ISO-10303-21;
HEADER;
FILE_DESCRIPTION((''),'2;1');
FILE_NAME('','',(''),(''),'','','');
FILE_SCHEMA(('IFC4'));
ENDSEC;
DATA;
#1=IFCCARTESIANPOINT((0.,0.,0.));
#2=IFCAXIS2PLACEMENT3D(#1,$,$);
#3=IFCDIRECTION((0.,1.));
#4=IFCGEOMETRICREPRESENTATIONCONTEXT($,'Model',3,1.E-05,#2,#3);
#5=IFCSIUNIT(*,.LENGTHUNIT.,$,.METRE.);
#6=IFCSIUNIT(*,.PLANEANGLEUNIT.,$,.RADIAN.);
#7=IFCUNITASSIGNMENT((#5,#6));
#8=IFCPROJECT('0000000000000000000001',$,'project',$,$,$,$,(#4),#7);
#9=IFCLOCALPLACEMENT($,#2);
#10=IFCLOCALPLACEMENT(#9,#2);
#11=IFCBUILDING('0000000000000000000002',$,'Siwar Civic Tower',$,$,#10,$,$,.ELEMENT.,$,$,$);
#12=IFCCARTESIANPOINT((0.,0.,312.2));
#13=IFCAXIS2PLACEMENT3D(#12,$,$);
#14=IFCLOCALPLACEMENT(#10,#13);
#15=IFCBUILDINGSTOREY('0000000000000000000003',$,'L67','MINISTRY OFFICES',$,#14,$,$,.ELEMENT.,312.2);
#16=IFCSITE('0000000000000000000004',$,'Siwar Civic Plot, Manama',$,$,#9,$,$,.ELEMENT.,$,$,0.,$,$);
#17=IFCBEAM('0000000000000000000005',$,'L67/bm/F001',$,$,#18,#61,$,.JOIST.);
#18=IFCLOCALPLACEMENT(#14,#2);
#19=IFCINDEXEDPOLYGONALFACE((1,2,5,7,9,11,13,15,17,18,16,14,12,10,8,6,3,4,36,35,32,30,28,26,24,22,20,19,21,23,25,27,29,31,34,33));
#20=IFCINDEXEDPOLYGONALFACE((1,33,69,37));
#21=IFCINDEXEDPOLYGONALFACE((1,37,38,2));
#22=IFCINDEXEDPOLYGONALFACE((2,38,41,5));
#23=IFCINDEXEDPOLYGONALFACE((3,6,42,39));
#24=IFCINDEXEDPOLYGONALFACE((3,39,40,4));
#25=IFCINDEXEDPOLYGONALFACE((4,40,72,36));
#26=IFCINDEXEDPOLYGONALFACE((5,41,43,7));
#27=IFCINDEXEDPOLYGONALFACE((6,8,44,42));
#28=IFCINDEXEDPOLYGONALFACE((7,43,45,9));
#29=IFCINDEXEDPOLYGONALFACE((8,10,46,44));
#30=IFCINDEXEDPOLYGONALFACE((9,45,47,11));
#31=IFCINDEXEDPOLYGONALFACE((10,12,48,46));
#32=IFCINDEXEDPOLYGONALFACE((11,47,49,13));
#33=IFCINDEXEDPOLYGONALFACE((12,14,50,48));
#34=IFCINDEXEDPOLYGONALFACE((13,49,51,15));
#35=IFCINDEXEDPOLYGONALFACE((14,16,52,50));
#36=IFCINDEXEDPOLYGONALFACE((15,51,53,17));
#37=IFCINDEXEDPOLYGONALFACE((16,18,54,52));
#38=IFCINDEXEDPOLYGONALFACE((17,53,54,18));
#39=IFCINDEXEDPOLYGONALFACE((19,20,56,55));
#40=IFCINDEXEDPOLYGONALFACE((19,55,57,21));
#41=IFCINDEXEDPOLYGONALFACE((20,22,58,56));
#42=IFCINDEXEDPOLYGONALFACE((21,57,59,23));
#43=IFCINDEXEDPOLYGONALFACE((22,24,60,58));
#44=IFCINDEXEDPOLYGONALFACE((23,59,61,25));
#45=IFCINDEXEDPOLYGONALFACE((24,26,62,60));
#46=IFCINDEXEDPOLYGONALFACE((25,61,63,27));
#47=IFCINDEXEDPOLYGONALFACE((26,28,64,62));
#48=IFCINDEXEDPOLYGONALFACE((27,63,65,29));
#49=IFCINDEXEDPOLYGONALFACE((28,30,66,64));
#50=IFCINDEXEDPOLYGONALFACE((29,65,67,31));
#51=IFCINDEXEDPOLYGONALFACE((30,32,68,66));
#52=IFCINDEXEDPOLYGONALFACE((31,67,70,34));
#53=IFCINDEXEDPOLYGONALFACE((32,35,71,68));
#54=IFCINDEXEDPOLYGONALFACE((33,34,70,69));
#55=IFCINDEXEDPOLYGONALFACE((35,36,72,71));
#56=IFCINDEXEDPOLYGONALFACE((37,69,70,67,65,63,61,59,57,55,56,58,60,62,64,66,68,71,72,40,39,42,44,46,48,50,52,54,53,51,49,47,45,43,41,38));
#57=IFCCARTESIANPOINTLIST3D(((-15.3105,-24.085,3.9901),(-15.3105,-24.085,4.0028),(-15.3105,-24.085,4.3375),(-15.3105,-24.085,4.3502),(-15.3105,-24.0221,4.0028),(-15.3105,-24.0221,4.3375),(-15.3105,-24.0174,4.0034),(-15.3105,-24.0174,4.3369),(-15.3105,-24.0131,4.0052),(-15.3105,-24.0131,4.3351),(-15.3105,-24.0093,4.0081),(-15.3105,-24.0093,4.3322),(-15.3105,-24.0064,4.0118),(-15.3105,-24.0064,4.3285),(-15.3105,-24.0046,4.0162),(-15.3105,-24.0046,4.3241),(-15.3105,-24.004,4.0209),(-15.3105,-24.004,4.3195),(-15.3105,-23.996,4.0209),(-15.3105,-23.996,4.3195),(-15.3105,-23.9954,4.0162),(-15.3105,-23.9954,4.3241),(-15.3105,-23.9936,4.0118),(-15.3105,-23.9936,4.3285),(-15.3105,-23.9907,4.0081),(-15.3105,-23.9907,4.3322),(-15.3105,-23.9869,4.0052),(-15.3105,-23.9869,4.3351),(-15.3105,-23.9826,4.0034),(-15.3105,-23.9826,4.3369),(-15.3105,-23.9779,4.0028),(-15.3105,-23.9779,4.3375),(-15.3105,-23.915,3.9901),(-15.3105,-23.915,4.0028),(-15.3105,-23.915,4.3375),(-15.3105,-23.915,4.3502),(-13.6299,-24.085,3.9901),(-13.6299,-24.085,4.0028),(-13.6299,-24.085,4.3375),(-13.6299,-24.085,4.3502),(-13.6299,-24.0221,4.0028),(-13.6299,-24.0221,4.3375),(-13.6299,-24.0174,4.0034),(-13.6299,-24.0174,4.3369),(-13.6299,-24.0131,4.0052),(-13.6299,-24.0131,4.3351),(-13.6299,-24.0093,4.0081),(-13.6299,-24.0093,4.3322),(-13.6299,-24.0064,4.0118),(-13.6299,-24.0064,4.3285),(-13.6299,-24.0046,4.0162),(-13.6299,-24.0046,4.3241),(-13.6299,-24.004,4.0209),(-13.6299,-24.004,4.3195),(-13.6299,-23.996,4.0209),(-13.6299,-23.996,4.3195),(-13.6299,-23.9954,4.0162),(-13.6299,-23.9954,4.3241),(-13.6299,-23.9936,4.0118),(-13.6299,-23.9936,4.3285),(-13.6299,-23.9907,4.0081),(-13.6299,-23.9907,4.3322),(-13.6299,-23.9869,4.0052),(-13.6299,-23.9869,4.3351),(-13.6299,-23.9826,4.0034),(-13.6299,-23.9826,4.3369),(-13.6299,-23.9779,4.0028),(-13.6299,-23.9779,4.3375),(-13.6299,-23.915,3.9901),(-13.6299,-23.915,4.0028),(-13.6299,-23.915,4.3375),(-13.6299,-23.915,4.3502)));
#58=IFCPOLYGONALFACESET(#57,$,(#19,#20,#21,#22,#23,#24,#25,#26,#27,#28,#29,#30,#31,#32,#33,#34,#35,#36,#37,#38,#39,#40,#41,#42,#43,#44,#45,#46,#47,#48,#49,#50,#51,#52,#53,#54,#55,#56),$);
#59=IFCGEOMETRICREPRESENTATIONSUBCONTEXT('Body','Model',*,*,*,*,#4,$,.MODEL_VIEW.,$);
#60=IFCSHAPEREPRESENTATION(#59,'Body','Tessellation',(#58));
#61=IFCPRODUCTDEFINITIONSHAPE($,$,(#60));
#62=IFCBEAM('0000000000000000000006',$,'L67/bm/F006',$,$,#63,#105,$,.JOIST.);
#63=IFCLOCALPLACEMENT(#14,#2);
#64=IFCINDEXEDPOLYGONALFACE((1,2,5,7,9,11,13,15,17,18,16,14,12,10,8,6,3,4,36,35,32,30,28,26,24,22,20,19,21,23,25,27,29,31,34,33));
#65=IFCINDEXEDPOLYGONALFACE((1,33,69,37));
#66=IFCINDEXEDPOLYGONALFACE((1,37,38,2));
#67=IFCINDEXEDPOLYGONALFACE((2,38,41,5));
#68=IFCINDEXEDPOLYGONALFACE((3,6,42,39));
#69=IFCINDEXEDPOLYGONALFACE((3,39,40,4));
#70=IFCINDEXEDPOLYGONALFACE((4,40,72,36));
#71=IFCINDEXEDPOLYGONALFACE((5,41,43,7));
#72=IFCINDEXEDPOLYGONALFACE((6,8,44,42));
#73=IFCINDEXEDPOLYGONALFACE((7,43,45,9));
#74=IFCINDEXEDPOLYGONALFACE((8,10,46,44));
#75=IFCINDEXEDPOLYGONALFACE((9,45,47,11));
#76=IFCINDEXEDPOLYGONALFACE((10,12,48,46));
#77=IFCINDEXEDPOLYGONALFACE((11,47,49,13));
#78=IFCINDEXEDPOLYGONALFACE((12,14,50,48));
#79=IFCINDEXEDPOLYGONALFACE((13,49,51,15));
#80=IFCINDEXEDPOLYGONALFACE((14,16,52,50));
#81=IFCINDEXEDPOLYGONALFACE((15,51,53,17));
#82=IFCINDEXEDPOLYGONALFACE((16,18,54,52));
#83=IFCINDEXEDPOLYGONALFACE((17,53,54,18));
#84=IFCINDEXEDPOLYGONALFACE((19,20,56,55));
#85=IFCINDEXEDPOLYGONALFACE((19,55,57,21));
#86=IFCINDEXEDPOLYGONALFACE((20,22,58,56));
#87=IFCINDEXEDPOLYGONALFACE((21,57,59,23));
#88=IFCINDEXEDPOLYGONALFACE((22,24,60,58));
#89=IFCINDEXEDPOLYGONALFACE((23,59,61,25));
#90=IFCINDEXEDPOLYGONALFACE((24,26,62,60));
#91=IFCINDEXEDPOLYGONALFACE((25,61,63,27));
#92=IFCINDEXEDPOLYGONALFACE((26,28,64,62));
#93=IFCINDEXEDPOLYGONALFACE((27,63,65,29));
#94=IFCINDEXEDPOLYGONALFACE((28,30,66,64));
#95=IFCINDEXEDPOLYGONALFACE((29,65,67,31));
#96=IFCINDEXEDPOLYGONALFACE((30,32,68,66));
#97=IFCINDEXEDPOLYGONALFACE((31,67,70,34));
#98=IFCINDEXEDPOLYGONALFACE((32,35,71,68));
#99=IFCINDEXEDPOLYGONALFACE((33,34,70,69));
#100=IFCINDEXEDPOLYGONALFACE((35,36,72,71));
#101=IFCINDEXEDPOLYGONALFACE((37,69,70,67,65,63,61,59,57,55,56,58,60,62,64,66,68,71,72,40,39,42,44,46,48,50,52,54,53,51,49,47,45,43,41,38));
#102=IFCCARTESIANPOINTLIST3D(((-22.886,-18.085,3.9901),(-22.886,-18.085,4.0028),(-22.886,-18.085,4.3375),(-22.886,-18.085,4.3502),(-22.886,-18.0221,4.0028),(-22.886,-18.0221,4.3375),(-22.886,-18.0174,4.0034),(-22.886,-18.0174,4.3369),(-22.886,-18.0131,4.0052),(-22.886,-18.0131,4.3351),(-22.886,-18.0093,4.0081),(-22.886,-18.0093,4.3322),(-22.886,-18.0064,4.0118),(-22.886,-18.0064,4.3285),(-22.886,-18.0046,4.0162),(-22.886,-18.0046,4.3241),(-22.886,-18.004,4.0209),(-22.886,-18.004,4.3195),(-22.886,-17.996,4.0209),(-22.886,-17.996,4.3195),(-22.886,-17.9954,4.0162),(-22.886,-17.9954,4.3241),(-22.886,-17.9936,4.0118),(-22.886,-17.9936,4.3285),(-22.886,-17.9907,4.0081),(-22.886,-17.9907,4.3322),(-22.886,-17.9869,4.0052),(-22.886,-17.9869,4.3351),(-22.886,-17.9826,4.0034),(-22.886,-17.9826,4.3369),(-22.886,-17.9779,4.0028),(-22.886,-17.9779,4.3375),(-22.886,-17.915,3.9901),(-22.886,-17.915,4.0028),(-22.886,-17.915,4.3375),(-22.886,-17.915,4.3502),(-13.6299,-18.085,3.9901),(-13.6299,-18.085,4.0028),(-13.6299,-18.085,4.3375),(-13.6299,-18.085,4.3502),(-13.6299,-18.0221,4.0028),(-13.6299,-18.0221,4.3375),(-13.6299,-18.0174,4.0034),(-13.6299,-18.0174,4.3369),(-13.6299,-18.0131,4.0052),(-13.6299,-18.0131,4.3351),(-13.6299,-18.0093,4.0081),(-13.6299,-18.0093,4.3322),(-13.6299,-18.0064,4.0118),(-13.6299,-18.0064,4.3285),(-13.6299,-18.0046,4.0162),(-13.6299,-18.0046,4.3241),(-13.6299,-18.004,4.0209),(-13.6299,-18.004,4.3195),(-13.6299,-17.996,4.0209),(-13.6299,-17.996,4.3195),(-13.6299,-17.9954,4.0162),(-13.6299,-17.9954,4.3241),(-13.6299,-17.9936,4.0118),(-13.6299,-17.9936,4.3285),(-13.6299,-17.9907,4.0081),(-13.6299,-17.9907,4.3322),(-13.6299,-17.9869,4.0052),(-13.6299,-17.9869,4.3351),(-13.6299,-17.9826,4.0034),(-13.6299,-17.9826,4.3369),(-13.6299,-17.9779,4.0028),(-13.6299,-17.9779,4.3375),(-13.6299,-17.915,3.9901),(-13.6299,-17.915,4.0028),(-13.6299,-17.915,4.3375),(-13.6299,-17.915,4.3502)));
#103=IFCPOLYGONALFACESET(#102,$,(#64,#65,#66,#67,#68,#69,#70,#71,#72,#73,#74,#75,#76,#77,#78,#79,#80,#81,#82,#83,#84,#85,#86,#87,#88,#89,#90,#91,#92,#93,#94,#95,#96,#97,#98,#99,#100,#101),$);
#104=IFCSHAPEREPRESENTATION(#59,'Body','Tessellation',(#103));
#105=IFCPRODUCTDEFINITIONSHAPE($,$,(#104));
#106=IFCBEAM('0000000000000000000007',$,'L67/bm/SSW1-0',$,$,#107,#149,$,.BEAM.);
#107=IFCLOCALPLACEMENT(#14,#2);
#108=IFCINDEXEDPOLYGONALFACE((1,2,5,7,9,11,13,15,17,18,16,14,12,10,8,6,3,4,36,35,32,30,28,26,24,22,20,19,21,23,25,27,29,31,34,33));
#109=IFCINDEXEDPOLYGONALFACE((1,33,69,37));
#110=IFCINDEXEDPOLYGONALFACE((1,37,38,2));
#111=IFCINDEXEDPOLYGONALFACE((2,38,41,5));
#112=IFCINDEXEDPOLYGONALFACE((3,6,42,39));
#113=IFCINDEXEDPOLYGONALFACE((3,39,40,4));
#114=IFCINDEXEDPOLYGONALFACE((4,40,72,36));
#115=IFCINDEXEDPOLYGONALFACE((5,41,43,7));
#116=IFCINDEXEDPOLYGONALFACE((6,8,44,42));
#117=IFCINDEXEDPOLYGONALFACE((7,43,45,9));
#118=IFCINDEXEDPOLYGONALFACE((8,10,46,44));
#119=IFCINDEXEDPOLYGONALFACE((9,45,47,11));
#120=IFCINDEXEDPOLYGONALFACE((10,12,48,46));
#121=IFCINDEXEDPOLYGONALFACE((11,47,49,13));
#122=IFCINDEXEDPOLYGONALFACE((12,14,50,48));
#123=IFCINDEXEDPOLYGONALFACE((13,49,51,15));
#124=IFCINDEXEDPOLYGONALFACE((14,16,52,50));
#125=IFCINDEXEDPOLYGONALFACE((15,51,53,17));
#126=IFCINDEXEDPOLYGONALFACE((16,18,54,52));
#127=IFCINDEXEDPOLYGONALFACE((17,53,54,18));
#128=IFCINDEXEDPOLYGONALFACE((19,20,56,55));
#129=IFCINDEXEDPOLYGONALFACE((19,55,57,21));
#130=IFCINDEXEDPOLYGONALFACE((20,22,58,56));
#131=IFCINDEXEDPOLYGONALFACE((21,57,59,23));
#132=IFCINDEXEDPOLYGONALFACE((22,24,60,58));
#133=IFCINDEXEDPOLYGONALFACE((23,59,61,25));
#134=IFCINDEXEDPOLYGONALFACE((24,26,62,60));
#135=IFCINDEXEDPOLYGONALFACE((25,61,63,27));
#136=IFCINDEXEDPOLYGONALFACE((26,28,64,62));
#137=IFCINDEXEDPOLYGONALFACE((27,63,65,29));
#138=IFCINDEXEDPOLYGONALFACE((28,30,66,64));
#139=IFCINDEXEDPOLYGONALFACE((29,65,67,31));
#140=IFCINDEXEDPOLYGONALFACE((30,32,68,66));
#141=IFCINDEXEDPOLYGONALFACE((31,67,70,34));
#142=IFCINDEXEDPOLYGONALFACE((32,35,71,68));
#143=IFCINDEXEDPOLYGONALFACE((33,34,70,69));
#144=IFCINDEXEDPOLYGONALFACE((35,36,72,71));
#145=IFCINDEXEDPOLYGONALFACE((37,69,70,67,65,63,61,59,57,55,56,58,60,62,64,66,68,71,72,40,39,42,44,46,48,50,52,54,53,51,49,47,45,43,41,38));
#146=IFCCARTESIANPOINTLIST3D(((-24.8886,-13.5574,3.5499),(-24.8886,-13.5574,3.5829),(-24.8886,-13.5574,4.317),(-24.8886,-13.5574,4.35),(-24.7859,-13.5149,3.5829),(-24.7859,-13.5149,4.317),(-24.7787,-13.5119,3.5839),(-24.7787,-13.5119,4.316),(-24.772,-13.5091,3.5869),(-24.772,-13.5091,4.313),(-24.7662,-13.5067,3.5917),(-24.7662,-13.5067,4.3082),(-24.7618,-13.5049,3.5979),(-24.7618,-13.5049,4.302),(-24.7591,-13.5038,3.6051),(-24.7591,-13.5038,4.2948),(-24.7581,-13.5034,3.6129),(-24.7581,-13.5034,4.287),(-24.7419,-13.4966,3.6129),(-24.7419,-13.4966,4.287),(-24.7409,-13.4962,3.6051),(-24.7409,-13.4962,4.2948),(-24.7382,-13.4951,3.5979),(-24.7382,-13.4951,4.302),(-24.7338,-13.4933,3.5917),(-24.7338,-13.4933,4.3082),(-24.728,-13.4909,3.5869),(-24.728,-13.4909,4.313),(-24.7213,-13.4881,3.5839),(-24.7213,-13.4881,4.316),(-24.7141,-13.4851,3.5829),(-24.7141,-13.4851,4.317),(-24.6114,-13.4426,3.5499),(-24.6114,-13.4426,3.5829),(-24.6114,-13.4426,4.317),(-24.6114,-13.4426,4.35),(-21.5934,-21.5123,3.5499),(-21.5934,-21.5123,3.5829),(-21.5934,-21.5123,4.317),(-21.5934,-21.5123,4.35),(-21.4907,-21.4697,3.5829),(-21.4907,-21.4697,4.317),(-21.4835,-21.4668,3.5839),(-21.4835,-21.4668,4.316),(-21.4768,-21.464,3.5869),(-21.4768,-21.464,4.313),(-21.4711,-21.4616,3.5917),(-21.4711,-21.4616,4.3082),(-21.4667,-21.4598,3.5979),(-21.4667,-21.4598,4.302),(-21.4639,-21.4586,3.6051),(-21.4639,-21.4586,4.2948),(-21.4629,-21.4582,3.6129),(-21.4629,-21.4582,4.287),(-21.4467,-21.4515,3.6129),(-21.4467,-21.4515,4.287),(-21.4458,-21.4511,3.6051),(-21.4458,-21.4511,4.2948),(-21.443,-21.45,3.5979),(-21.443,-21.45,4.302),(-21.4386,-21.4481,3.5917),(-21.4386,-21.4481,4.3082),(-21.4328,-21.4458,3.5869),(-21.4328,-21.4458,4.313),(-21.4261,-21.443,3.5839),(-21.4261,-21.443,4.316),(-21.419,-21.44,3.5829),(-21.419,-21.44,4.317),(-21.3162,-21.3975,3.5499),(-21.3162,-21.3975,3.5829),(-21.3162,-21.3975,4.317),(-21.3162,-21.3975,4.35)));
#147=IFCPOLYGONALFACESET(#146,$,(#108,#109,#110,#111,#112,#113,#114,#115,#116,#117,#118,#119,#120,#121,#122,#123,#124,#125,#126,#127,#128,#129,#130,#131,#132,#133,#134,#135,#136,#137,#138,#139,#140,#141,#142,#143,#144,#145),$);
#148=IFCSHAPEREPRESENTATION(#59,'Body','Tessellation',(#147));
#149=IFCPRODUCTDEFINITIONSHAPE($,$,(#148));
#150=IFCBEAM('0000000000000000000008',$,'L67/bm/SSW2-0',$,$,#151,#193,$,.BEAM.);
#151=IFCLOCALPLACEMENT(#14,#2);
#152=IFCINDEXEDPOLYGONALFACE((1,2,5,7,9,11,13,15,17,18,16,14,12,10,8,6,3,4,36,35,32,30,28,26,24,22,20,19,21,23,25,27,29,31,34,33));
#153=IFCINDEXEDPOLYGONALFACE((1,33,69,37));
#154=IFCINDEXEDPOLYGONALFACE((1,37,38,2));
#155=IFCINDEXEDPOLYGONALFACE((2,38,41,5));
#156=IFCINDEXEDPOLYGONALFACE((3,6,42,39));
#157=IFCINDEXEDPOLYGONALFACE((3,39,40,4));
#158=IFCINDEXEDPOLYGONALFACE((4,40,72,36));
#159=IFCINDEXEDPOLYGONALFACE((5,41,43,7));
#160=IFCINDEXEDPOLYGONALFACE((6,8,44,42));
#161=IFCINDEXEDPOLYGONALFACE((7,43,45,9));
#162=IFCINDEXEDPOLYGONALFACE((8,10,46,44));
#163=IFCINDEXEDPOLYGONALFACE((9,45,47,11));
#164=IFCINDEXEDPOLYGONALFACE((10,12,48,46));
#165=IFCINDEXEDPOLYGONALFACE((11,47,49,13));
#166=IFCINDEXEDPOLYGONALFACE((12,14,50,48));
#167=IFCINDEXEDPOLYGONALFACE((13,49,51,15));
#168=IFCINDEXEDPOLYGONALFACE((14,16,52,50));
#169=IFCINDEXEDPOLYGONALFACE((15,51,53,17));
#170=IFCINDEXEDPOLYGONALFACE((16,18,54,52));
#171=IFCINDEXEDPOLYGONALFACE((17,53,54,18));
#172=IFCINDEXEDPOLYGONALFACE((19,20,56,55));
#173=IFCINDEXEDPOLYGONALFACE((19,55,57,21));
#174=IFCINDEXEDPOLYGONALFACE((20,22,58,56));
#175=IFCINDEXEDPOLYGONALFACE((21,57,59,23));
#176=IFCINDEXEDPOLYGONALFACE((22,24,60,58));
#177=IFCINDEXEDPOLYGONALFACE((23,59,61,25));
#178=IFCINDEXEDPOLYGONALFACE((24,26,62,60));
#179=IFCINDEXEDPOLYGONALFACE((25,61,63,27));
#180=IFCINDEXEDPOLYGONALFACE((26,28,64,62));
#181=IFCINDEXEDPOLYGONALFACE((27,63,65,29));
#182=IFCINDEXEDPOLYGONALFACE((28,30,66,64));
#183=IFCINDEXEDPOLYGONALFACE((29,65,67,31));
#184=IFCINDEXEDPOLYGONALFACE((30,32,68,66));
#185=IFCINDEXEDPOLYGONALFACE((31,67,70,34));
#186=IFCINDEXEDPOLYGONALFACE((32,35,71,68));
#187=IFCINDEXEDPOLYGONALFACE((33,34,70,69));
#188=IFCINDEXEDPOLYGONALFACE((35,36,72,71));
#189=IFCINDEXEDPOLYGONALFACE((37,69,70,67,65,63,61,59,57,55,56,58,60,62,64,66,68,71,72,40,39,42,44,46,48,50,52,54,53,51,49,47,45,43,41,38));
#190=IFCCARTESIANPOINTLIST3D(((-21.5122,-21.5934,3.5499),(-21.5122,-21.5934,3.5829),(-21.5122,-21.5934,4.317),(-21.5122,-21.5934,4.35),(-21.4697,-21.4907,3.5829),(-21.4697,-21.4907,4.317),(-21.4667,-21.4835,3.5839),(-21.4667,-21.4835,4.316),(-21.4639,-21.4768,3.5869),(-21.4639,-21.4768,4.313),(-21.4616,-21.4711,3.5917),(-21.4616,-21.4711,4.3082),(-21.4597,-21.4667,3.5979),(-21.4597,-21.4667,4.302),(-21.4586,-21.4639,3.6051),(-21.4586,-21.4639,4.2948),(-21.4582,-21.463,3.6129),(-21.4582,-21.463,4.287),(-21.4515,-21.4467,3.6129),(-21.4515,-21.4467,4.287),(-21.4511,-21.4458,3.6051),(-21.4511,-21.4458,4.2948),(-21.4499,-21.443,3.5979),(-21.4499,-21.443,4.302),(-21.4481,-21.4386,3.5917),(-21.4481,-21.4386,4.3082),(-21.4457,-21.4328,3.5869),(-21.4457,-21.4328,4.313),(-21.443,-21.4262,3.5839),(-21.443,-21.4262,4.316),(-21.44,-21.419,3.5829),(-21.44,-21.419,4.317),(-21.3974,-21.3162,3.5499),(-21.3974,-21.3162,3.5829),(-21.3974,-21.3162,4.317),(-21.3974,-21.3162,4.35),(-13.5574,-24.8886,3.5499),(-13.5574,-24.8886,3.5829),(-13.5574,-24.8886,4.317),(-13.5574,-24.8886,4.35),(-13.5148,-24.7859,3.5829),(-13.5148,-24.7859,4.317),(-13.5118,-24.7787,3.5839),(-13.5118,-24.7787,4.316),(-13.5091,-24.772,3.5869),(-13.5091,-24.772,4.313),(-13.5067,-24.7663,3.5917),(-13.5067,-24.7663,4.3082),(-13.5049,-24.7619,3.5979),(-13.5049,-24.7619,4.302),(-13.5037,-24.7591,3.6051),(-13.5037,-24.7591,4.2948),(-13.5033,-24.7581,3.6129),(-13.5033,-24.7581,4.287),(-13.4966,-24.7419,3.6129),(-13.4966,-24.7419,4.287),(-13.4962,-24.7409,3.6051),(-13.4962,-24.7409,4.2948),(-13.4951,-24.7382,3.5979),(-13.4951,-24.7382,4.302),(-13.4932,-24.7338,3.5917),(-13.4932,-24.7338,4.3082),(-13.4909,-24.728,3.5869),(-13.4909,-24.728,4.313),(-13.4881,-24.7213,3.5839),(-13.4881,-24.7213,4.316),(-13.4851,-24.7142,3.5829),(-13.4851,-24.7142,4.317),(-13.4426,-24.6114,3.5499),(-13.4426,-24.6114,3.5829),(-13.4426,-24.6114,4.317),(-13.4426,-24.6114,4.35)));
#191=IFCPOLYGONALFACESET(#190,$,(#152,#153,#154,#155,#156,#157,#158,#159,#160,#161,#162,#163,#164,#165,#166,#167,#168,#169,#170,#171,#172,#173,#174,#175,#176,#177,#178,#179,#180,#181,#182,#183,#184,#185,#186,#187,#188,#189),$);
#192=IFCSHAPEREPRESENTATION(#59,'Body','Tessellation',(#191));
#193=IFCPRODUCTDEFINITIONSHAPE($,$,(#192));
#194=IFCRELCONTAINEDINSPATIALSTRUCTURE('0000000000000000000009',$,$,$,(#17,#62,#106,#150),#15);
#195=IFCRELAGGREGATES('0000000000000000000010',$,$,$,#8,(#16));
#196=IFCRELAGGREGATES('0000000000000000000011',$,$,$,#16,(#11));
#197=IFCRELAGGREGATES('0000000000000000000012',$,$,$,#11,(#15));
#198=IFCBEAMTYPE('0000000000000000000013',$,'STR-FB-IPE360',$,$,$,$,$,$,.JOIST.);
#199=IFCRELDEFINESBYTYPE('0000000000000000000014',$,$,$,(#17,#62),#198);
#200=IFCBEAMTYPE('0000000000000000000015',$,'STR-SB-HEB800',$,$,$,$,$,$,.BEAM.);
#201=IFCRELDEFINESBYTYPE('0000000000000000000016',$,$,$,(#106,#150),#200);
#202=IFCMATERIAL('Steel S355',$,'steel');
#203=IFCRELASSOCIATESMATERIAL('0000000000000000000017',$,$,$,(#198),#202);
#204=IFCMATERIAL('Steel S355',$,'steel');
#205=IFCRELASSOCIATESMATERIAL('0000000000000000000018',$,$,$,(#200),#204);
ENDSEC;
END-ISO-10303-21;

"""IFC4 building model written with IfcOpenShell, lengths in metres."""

from ifc_helpers import new_model, si_unit, direction, frame, origin, origin_2d, place, context, subcontext, project, spatial, i_section, extrude, material, material_profile, profile_set, type_object, element, save


model = new_model("IFC4")

# Units and contexts
model_context = context("Model", 3, precision=1e-05, world=origin(), true_north=direction((0.0, 1.0)))
body_context = subcontext(model_context, "Body", "Model", "MODEL_VIEW")
ifc_project = project(units=[si_unit("LENGTHUNIT", "METRE"), si_unit("PLANEANGLEUNIT", "RADIAN")], contexts=[model_context])

# Site, building, storey
site_placement = place(None, origin())
site = spatial("IfcSite", under=ifc_project, at=site_placement, Name="Siwar Civic Plot, Manama", CompositionType="ELEMENT", RefElevation=0.0)
building_placement = place(site_placement, origin())
building = spatial("IfcBuilding", under=site, at=building_placement, Name="Siwar Civic Tower", CompositionType="ELEMENT")
storey_placement = place(building_placement, frame((0.0, 0.0, 312.2)))
storey = spatial("IfcBuildingStorey", under=building, at=storey_placement, Name="L67", Description="MINISTRY OFFICES", CompositionType="ELEMENT", Elevation=312.2)

# Beams
ifc_material_1 = material(Name="Steel S355", Category="steel")
ifc_material_profile_1 = material_profile(ifc_material_1, i_section(OverallWidth=0.1699, OverallDepth=0.3601, WebThickness=0.0081, FlangeThickness=0.0127, FilletRadius=0.0181, at=origin_2d()), Name="IPE360")
ifc_profile_set_1 = profile_set([ifc_material_profile_1], Name="Steel S355")
beam_type_1 = type_object("IfcBeamType", Name="STR-FB-IPE360", PredefinedType="JOIST", material=ifc_profile_set_1)
beam_1_placement = place(storey_placement, frame((-15.3105, -24.0, 4.1702), z_axis=(1.0, 0.0, 0.0), x_axis=(0.0, 1.0, 0.0)))
element("IfcBeam", 1, at=beam_1_placement, inside=storey, type_object=beam_type_1, Name="L67/bm/F001", PredefinedType="JOIST", context=body_context, shape_type="SweptSolid", body=[
    extrude(i_section(OverallWidth=0.1699, OverallDepth=0.3601, WebThickness=0.0081, FlangeThickness=0.0127, FilletRadius=0.0181, at=origin_2d()), origin(), (0.0, 0.0, 1.0), 1.6807),
])
beam_2_placement = place(storey_placement, frame((-22.886, -18.0, 4.1702), z_axis=(1.0, 0.0, 0.0), x_axis=(0.0, 1.0, 0.0)))
element("IfcBeam", 2, at=beam_2_placement, inside=storey, type_object=beam_type_1, Name="L67/bm/F006", PredefinedType="JOIST", context=body_context, shape_type="SweptSolid", body=[
    extrude(i_section(OverallWidth=0.1699, OverallDepth=0.3601, WebThickness=0.0081, FlangeThickness=0.0127, FilletRadius=0.0181, at=origin_2d()), origin(), (0.0, 0.0, 1.0), 9.2561),
])
ifc_material_2 = material(Name="Steel S355", Category="steel")
ifc_material_profile_2 = material_profile(ifc_material_2, i_section(OverallWidth=0.3, OverallDepth=0.8, WebThickness=0.0176, FlangeThickness=0.033, FilletRadius=0.03, at=origin_2d()), Name="HEB800")
ifc_profile_set_2 = profile_set([ifc_material_profile_2], Name="Steel S355")
beam_type_2 = type_object("IfcBeamType", Name="STR-SB-HEB800", PredefinedType="BEAM", material=ifc_profile_set_2)
for number, where, z_axis, x_axis, name in (
    (3, (-24.75, -13.5, 3.95), (0.3827, -0.923873, 0.0), (0.923873, 0.3827, 0.0), "L67/bm/SSW1-0"),
    (4, (-21.4548, -21.4548, 3.95), (0.923873, -0.3827, 0.0), (0.3827, 0.923873, 0.0), "L67/bm/SSW2-0"),
):
    element("IfcBeam", number, at=place(storey_placement, frame(where, z_axis=z_axis, x_axis=x_axis)), inside=storey, type_object=beam_type_2, Name=name, PredefinedType="BEAM", context=body_context, shape_type="SweptSolid", body=[
        extrude(i_section(OverallWidth=0.3, OverallDepth=0.8, WebThickness=0.0176, FlangeThickness=0.033, FilletRadius=0.03, at=origin_2d()), origin(), (0.0, 0.0, 1.0), 8.6104),
    ])

save(model, "model.ifc")
